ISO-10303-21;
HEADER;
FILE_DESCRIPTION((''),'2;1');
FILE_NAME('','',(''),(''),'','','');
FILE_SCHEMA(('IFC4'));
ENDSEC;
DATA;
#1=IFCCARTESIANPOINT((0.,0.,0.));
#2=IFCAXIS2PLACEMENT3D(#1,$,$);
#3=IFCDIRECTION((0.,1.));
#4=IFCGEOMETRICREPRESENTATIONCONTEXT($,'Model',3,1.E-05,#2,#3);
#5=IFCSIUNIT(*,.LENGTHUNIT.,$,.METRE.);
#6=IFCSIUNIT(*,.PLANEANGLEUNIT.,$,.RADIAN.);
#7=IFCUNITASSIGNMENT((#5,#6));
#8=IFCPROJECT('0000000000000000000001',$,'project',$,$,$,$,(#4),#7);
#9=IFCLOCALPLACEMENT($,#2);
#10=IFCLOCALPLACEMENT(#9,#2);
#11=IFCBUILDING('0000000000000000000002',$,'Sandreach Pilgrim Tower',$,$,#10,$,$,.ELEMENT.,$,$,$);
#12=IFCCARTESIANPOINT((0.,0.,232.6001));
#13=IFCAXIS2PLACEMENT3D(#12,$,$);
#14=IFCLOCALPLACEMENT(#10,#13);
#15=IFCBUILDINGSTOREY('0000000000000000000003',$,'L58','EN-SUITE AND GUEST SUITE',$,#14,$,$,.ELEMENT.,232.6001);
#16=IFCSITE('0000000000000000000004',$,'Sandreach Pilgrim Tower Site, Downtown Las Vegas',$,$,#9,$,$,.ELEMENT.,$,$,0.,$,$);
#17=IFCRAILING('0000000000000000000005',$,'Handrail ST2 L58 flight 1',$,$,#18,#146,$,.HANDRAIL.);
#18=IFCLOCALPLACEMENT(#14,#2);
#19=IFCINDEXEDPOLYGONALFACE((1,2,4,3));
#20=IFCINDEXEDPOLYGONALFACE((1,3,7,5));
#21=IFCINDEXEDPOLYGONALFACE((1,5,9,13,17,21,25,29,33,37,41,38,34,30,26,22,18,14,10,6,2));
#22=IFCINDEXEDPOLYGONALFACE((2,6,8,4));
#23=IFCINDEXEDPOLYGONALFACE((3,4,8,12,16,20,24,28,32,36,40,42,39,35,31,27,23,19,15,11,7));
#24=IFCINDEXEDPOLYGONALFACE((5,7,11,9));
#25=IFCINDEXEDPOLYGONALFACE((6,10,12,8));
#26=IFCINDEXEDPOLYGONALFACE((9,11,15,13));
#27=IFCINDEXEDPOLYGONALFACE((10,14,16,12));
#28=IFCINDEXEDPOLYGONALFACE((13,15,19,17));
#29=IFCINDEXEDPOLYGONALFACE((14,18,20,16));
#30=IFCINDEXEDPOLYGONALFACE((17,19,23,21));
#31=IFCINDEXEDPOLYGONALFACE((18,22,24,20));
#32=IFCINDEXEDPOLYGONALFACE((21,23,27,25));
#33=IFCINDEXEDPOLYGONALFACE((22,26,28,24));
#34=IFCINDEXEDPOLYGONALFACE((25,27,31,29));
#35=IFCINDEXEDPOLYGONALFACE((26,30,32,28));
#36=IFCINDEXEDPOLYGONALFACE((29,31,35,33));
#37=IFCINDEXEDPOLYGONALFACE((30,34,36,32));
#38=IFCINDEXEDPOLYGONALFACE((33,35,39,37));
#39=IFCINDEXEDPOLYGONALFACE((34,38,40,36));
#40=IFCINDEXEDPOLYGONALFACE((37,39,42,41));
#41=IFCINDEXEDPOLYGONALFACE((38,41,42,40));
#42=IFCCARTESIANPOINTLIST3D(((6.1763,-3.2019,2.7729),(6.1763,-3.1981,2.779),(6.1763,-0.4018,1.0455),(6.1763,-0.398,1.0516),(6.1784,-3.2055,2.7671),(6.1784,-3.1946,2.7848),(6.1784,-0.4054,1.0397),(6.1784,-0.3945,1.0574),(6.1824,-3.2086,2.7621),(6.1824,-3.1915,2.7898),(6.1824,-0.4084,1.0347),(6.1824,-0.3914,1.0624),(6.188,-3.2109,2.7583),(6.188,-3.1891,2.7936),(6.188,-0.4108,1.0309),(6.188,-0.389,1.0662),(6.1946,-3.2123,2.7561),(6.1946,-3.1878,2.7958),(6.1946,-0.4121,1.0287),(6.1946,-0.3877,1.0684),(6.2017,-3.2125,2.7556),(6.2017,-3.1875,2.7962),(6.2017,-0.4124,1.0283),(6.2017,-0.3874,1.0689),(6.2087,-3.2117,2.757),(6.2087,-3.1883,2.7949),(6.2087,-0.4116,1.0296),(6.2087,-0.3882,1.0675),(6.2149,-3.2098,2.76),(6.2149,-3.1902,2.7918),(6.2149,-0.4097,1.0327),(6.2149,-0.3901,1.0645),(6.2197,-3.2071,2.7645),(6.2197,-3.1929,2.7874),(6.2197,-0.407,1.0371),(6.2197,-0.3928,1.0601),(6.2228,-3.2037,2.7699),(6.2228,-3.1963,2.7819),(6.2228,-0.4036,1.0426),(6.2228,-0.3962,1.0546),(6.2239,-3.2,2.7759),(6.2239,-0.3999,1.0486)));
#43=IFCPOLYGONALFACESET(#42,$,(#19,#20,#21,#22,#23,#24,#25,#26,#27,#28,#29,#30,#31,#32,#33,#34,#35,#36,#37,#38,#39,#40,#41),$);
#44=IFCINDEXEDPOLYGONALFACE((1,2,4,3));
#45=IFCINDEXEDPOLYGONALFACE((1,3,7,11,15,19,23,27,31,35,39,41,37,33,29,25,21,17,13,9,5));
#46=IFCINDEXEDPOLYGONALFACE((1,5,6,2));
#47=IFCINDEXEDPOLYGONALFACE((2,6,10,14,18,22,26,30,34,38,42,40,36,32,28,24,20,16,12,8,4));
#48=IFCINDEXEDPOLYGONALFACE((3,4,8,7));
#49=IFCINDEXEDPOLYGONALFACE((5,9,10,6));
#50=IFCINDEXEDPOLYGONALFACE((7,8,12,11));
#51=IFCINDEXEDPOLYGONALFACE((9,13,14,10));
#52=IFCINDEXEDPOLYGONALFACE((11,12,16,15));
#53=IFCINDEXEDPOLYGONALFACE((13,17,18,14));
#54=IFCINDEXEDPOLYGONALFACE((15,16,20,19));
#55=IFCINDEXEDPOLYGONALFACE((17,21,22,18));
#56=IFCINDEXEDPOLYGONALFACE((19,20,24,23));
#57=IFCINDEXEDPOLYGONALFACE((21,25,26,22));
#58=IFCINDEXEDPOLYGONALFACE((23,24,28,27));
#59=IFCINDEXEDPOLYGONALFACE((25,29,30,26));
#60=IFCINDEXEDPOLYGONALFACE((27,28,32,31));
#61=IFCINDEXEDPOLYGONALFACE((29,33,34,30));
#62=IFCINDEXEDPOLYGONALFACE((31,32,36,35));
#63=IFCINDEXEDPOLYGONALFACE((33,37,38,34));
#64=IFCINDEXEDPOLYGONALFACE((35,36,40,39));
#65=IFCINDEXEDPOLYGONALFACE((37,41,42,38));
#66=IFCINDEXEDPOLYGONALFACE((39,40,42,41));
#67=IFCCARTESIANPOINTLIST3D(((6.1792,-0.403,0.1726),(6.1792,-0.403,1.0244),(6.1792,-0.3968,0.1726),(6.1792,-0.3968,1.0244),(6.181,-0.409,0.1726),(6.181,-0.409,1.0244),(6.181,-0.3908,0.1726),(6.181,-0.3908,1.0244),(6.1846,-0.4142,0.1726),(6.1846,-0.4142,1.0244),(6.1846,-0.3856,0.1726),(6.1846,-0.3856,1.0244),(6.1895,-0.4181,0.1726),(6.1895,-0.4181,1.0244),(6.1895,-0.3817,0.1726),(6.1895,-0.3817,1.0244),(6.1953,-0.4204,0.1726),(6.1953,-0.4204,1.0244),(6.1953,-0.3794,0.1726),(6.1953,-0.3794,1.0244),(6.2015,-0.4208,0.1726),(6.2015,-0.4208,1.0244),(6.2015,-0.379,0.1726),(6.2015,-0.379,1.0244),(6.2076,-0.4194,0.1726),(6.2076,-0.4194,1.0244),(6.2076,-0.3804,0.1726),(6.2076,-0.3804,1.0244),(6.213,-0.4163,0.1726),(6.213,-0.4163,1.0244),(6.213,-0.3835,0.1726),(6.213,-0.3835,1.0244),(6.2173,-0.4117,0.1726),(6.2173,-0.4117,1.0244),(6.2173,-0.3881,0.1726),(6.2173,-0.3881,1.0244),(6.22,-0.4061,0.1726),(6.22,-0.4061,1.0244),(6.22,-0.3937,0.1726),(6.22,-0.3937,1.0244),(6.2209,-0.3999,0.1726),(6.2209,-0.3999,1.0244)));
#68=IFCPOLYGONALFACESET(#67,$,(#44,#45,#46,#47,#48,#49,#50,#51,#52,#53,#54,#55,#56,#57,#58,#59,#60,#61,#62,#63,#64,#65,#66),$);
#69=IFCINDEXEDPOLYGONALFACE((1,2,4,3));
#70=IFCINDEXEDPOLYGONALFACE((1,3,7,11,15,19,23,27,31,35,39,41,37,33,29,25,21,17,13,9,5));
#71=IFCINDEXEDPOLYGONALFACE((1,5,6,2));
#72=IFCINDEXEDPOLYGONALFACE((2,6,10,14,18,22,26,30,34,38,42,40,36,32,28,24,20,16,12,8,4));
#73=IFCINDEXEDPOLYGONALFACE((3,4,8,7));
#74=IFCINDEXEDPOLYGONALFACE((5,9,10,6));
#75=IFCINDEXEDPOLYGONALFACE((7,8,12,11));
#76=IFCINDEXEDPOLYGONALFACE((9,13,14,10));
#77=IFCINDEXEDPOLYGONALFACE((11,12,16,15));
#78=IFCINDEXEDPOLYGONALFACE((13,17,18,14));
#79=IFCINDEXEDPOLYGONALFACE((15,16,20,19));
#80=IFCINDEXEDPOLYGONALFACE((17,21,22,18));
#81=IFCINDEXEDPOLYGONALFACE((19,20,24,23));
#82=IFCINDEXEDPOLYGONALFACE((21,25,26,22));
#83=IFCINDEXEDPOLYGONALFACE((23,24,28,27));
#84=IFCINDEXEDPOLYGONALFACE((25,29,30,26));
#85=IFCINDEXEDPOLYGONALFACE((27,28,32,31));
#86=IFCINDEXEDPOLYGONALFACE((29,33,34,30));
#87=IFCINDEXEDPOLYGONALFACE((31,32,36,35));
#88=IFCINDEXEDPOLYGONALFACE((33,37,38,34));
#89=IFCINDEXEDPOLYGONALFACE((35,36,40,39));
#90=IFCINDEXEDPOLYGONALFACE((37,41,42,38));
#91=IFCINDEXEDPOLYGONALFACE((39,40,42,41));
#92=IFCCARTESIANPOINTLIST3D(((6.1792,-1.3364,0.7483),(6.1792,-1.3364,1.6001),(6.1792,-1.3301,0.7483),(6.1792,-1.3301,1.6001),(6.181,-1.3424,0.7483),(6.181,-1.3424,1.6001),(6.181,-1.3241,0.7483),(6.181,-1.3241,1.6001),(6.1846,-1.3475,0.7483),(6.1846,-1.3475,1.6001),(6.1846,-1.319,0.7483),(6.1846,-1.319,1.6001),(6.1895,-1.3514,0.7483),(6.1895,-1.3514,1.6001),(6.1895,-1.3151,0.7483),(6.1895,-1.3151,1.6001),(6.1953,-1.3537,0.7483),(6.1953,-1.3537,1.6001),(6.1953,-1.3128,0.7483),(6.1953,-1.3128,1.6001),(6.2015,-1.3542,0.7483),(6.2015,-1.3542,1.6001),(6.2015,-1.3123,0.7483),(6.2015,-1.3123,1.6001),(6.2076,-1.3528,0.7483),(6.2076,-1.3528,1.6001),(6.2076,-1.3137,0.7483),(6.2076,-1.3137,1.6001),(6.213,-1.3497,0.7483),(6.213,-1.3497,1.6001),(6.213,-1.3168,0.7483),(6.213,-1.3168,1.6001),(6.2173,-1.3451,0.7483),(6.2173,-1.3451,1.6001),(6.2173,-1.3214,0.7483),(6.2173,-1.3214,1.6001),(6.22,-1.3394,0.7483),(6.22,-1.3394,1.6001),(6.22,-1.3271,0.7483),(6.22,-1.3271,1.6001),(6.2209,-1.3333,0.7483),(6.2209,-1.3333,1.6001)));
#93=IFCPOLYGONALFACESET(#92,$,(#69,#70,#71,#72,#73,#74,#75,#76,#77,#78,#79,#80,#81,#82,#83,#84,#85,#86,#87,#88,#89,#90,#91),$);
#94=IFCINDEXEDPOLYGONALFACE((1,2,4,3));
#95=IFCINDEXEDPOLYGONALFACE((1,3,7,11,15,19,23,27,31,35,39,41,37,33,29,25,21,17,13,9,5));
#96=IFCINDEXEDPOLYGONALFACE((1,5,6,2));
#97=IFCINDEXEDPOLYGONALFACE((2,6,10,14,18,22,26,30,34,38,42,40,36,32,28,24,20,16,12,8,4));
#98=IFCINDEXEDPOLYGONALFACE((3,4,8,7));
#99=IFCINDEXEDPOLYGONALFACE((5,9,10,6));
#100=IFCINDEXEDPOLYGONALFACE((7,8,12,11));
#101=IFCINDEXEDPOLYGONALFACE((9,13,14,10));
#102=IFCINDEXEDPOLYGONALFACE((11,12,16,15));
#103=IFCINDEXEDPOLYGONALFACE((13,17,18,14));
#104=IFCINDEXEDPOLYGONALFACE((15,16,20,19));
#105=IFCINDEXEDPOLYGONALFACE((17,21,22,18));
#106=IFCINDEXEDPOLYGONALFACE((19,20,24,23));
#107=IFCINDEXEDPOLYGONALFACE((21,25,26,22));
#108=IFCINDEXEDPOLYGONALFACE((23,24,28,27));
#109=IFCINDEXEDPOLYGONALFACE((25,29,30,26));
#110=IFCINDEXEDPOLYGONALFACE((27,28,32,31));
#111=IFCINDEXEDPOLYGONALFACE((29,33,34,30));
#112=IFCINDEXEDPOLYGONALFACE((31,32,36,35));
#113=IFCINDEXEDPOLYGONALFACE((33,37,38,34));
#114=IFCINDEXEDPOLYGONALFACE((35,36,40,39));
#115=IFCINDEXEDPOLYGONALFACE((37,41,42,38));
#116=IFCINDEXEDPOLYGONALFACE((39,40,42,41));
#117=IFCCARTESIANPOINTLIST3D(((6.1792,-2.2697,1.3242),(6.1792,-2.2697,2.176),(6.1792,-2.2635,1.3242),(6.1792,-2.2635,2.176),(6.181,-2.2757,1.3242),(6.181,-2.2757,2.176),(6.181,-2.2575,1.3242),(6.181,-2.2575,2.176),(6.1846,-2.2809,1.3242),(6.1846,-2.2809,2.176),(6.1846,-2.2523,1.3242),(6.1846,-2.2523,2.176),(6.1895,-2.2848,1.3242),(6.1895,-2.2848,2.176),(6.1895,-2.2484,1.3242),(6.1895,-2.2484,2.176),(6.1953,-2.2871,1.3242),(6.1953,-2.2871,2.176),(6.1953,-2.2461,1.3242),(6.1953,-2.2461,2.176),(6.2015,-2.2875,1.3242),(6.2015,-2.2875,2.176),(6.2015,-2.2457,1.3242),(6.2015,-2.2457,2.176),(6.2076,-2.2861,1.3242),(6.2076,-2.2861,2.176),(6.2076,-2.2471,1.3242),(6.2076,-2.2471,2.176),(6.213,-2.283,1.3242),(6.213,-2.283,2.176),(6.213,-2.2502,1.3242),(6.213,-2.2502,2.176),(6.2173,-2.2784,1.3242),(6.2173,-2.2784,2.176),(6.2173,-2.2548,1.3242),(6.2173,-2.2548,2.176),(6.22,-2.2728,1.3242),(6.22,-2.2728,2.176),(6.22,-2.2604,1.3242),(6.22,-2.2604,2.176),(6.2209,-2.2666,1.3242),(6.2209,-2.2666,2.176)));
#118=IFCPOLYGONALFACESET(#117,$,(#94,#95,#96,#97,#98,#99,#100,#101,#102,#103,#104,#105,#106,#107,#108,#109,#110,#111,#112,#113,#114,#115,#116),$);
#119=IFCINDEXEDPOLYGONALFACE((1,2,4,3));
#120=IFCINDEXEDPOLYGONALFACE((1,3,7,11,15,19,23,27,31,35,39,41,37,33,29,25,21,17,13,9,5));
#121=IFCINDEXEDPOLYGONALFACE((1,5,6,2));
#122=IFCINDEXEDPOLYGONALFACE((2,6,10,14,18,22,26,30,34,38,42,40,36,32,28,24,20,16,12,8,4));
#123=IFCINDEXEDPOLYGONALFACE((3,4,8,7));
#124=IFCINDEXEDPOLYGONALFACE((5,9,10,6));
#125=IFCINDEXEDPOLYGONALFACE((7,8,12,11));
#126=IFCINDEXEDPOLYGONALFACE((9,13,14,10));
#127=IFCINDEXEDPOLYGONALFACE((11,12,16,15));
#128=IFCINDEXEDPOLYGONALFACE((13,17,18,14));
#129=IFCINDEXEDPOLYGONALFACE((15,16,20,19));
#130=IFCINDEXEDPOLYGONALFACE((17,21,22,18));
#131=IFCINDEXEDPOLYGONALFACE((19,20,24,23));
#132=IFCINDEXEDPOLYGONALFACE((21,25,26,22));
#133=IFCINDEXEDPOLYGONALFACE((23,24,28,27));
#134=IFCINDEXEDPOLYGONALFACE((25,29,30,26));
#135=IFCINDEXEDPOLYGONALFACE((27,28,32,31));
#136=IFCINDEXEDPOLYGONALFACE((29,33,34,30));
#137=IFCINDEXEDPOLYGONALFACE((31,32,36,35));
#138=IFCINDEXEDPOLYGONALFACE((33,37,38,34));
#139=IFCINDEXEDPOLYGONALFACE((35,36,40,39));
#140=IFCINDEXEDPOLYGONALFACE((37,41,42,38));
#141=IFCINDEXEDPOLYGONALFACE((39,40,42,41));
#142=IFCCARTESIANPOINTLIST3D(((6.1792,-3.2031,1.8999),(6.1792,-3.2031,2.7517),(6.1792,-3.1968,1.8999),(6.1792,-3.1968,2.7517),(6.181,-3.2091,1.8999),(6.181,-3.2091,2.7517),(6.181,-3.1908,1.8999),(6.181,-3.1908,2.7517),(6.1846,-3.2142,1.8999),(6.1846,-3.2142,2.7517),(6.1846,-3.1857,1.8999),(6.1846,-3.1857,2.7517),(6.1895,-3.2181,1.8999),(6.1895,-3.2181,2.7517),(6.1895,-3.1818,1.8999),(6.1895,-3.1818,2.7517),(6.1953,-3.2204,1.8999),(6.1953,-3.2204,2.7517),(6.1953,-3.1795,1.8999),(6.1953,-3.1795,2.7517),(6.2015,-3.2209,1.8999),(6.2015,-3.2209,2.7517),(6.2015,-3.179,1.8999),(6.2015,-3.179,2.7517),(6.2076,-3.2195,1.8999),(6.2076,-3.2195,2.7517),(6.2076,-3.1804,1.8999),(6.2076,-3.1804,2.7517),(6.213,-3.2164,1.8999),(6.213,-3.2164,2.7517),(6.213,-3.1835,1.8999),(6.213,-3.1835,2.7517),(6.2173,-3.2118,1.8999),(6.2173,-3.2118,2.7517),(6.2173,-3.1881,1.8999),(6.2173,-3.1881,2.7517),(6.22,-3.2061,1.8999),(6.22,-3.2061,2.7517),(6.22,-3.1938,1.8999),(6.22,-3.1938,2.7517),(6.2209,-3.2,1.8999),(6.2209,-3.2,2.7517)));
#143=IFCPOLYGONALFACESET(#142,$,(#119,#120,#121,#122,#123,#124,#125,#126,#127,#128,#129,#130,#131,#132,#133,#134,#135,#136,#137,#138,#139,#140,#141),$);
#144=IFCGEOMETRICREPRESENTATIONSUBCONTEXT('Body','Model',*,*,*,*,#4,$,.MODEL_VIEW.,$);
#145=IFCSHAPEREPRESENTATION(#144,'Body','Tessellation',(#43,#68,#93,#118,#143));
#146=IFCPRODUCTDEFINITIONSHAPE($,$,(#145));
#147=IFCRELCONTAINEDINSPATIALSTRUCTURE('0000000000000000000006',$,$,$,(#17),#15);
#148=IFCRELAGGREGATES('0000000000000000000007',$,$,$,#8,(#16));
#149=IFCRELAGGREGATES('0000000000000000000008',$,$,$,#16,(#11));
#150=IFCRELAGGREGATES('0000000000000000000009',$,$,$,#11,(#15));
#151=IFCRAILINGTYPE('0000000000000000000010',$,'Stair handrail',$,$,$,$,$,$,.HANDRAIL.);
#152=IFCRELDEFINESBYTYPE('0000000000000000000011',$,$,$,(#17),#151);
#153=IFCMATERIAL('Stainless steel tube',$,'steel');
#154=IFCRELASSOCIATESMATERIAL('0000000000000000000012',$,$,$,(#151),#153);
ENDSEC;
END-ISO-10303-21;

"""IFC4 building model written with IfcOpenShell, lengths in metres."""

from ifc_helpers import new_model, si_unit, direction, frame, origin, origin_2d, place, context, subcontext, project, spatial, circle, extrude, material, type_object, element, save


model = new_model("IFC4")

# Units and contexts
model_context = context("Model", 3, precision=1e-05, world=origin(), true_north=direction((0.0, 1.0)))
body_context = subcontext(model_context, "Body", "Model", "MODEL_VIEW")
ifc_project = project(units=[si_unit("LENGTHUNIT", "METRE"), si_unit("PLANEANGLEUNIT", "RADIAN")], contexts=[model_context])

# Site, building, storey
site_placement = place(None, origin())
site = spatial("IfcSite", under=ifc_project, at=site_placement, Name="Sandreach Pilgrim Tower Site, Downtown Las Vegas", CompositionType="ELEMENT", RefElevation=0.0)
building_placement = place(site_placement, origin())
building = spatial("IfcBuilding", under=site, at=building_placement, Name="Sandreach Pilgrim Tower", CompositionType="ELEMENT")
storey_placement = place(building_placement, frame((0.0, 0.0, 232.6001)))
storey = spatial("IfcBuildingStorey", under=building, at=storey_placement, Name="L58", Description="EN-SUITE AND GUEST SUITE", CompositionType="ELEMENT", Elevation=232.6001)

# Railing
ifc_material_1 = material(Name="Stainless steel tube", Category="steel")
railing_type = type_object("IfcRailingType", Name="Stair handrail", PredefinedType="HANDRAIL", material=ifc_material_1)
for number, where, name in (
    (1, (6.2, -0.3999, 0.1726), "Handrail ST2 L58 flight 1"),
):
    element("IfcRailing", number, at=place(storey_placement, frame(where)), inside=storey, type_object=railing_type, Name=name, PredefinedType="HANDRAIL", context=body_context, shape_type="SweptSolid", body=[
        extrude(circle(Radius=0.0239, at=origin_2d()), frame((0.0, 0.0, 0.876), z_axis=(0.0, -0.85109, 0.52502), x_axis=(1.0, 0.0, 0.0)), (0.0, 0.0, 1.0), 3.29),
        extrude(circle(Radius=0.021, at=origin_2d()), origin(), (0.0, 0.0, 1.0), 0.8518),
        extrude(circle(Radius=0.021, at=origin_2d()), frame((0.0, -0.9333, 0.5757)), (0.0, 0.0, 1.0), 0.8518),
        extrude(circle(Radius=0.021, at=origin_2d()), frame((0.0, -1.8667, 1.1516)), (0.0, 0.0, 1.0), 0.8518),
        extrude(circle(Radius=0.021, at=origin_2d()), frame((0.0, -2.8, 1.7273)), (0.0, 0.0, 1.0), 0.8518),
    ])

save(model, "model.ifc")
